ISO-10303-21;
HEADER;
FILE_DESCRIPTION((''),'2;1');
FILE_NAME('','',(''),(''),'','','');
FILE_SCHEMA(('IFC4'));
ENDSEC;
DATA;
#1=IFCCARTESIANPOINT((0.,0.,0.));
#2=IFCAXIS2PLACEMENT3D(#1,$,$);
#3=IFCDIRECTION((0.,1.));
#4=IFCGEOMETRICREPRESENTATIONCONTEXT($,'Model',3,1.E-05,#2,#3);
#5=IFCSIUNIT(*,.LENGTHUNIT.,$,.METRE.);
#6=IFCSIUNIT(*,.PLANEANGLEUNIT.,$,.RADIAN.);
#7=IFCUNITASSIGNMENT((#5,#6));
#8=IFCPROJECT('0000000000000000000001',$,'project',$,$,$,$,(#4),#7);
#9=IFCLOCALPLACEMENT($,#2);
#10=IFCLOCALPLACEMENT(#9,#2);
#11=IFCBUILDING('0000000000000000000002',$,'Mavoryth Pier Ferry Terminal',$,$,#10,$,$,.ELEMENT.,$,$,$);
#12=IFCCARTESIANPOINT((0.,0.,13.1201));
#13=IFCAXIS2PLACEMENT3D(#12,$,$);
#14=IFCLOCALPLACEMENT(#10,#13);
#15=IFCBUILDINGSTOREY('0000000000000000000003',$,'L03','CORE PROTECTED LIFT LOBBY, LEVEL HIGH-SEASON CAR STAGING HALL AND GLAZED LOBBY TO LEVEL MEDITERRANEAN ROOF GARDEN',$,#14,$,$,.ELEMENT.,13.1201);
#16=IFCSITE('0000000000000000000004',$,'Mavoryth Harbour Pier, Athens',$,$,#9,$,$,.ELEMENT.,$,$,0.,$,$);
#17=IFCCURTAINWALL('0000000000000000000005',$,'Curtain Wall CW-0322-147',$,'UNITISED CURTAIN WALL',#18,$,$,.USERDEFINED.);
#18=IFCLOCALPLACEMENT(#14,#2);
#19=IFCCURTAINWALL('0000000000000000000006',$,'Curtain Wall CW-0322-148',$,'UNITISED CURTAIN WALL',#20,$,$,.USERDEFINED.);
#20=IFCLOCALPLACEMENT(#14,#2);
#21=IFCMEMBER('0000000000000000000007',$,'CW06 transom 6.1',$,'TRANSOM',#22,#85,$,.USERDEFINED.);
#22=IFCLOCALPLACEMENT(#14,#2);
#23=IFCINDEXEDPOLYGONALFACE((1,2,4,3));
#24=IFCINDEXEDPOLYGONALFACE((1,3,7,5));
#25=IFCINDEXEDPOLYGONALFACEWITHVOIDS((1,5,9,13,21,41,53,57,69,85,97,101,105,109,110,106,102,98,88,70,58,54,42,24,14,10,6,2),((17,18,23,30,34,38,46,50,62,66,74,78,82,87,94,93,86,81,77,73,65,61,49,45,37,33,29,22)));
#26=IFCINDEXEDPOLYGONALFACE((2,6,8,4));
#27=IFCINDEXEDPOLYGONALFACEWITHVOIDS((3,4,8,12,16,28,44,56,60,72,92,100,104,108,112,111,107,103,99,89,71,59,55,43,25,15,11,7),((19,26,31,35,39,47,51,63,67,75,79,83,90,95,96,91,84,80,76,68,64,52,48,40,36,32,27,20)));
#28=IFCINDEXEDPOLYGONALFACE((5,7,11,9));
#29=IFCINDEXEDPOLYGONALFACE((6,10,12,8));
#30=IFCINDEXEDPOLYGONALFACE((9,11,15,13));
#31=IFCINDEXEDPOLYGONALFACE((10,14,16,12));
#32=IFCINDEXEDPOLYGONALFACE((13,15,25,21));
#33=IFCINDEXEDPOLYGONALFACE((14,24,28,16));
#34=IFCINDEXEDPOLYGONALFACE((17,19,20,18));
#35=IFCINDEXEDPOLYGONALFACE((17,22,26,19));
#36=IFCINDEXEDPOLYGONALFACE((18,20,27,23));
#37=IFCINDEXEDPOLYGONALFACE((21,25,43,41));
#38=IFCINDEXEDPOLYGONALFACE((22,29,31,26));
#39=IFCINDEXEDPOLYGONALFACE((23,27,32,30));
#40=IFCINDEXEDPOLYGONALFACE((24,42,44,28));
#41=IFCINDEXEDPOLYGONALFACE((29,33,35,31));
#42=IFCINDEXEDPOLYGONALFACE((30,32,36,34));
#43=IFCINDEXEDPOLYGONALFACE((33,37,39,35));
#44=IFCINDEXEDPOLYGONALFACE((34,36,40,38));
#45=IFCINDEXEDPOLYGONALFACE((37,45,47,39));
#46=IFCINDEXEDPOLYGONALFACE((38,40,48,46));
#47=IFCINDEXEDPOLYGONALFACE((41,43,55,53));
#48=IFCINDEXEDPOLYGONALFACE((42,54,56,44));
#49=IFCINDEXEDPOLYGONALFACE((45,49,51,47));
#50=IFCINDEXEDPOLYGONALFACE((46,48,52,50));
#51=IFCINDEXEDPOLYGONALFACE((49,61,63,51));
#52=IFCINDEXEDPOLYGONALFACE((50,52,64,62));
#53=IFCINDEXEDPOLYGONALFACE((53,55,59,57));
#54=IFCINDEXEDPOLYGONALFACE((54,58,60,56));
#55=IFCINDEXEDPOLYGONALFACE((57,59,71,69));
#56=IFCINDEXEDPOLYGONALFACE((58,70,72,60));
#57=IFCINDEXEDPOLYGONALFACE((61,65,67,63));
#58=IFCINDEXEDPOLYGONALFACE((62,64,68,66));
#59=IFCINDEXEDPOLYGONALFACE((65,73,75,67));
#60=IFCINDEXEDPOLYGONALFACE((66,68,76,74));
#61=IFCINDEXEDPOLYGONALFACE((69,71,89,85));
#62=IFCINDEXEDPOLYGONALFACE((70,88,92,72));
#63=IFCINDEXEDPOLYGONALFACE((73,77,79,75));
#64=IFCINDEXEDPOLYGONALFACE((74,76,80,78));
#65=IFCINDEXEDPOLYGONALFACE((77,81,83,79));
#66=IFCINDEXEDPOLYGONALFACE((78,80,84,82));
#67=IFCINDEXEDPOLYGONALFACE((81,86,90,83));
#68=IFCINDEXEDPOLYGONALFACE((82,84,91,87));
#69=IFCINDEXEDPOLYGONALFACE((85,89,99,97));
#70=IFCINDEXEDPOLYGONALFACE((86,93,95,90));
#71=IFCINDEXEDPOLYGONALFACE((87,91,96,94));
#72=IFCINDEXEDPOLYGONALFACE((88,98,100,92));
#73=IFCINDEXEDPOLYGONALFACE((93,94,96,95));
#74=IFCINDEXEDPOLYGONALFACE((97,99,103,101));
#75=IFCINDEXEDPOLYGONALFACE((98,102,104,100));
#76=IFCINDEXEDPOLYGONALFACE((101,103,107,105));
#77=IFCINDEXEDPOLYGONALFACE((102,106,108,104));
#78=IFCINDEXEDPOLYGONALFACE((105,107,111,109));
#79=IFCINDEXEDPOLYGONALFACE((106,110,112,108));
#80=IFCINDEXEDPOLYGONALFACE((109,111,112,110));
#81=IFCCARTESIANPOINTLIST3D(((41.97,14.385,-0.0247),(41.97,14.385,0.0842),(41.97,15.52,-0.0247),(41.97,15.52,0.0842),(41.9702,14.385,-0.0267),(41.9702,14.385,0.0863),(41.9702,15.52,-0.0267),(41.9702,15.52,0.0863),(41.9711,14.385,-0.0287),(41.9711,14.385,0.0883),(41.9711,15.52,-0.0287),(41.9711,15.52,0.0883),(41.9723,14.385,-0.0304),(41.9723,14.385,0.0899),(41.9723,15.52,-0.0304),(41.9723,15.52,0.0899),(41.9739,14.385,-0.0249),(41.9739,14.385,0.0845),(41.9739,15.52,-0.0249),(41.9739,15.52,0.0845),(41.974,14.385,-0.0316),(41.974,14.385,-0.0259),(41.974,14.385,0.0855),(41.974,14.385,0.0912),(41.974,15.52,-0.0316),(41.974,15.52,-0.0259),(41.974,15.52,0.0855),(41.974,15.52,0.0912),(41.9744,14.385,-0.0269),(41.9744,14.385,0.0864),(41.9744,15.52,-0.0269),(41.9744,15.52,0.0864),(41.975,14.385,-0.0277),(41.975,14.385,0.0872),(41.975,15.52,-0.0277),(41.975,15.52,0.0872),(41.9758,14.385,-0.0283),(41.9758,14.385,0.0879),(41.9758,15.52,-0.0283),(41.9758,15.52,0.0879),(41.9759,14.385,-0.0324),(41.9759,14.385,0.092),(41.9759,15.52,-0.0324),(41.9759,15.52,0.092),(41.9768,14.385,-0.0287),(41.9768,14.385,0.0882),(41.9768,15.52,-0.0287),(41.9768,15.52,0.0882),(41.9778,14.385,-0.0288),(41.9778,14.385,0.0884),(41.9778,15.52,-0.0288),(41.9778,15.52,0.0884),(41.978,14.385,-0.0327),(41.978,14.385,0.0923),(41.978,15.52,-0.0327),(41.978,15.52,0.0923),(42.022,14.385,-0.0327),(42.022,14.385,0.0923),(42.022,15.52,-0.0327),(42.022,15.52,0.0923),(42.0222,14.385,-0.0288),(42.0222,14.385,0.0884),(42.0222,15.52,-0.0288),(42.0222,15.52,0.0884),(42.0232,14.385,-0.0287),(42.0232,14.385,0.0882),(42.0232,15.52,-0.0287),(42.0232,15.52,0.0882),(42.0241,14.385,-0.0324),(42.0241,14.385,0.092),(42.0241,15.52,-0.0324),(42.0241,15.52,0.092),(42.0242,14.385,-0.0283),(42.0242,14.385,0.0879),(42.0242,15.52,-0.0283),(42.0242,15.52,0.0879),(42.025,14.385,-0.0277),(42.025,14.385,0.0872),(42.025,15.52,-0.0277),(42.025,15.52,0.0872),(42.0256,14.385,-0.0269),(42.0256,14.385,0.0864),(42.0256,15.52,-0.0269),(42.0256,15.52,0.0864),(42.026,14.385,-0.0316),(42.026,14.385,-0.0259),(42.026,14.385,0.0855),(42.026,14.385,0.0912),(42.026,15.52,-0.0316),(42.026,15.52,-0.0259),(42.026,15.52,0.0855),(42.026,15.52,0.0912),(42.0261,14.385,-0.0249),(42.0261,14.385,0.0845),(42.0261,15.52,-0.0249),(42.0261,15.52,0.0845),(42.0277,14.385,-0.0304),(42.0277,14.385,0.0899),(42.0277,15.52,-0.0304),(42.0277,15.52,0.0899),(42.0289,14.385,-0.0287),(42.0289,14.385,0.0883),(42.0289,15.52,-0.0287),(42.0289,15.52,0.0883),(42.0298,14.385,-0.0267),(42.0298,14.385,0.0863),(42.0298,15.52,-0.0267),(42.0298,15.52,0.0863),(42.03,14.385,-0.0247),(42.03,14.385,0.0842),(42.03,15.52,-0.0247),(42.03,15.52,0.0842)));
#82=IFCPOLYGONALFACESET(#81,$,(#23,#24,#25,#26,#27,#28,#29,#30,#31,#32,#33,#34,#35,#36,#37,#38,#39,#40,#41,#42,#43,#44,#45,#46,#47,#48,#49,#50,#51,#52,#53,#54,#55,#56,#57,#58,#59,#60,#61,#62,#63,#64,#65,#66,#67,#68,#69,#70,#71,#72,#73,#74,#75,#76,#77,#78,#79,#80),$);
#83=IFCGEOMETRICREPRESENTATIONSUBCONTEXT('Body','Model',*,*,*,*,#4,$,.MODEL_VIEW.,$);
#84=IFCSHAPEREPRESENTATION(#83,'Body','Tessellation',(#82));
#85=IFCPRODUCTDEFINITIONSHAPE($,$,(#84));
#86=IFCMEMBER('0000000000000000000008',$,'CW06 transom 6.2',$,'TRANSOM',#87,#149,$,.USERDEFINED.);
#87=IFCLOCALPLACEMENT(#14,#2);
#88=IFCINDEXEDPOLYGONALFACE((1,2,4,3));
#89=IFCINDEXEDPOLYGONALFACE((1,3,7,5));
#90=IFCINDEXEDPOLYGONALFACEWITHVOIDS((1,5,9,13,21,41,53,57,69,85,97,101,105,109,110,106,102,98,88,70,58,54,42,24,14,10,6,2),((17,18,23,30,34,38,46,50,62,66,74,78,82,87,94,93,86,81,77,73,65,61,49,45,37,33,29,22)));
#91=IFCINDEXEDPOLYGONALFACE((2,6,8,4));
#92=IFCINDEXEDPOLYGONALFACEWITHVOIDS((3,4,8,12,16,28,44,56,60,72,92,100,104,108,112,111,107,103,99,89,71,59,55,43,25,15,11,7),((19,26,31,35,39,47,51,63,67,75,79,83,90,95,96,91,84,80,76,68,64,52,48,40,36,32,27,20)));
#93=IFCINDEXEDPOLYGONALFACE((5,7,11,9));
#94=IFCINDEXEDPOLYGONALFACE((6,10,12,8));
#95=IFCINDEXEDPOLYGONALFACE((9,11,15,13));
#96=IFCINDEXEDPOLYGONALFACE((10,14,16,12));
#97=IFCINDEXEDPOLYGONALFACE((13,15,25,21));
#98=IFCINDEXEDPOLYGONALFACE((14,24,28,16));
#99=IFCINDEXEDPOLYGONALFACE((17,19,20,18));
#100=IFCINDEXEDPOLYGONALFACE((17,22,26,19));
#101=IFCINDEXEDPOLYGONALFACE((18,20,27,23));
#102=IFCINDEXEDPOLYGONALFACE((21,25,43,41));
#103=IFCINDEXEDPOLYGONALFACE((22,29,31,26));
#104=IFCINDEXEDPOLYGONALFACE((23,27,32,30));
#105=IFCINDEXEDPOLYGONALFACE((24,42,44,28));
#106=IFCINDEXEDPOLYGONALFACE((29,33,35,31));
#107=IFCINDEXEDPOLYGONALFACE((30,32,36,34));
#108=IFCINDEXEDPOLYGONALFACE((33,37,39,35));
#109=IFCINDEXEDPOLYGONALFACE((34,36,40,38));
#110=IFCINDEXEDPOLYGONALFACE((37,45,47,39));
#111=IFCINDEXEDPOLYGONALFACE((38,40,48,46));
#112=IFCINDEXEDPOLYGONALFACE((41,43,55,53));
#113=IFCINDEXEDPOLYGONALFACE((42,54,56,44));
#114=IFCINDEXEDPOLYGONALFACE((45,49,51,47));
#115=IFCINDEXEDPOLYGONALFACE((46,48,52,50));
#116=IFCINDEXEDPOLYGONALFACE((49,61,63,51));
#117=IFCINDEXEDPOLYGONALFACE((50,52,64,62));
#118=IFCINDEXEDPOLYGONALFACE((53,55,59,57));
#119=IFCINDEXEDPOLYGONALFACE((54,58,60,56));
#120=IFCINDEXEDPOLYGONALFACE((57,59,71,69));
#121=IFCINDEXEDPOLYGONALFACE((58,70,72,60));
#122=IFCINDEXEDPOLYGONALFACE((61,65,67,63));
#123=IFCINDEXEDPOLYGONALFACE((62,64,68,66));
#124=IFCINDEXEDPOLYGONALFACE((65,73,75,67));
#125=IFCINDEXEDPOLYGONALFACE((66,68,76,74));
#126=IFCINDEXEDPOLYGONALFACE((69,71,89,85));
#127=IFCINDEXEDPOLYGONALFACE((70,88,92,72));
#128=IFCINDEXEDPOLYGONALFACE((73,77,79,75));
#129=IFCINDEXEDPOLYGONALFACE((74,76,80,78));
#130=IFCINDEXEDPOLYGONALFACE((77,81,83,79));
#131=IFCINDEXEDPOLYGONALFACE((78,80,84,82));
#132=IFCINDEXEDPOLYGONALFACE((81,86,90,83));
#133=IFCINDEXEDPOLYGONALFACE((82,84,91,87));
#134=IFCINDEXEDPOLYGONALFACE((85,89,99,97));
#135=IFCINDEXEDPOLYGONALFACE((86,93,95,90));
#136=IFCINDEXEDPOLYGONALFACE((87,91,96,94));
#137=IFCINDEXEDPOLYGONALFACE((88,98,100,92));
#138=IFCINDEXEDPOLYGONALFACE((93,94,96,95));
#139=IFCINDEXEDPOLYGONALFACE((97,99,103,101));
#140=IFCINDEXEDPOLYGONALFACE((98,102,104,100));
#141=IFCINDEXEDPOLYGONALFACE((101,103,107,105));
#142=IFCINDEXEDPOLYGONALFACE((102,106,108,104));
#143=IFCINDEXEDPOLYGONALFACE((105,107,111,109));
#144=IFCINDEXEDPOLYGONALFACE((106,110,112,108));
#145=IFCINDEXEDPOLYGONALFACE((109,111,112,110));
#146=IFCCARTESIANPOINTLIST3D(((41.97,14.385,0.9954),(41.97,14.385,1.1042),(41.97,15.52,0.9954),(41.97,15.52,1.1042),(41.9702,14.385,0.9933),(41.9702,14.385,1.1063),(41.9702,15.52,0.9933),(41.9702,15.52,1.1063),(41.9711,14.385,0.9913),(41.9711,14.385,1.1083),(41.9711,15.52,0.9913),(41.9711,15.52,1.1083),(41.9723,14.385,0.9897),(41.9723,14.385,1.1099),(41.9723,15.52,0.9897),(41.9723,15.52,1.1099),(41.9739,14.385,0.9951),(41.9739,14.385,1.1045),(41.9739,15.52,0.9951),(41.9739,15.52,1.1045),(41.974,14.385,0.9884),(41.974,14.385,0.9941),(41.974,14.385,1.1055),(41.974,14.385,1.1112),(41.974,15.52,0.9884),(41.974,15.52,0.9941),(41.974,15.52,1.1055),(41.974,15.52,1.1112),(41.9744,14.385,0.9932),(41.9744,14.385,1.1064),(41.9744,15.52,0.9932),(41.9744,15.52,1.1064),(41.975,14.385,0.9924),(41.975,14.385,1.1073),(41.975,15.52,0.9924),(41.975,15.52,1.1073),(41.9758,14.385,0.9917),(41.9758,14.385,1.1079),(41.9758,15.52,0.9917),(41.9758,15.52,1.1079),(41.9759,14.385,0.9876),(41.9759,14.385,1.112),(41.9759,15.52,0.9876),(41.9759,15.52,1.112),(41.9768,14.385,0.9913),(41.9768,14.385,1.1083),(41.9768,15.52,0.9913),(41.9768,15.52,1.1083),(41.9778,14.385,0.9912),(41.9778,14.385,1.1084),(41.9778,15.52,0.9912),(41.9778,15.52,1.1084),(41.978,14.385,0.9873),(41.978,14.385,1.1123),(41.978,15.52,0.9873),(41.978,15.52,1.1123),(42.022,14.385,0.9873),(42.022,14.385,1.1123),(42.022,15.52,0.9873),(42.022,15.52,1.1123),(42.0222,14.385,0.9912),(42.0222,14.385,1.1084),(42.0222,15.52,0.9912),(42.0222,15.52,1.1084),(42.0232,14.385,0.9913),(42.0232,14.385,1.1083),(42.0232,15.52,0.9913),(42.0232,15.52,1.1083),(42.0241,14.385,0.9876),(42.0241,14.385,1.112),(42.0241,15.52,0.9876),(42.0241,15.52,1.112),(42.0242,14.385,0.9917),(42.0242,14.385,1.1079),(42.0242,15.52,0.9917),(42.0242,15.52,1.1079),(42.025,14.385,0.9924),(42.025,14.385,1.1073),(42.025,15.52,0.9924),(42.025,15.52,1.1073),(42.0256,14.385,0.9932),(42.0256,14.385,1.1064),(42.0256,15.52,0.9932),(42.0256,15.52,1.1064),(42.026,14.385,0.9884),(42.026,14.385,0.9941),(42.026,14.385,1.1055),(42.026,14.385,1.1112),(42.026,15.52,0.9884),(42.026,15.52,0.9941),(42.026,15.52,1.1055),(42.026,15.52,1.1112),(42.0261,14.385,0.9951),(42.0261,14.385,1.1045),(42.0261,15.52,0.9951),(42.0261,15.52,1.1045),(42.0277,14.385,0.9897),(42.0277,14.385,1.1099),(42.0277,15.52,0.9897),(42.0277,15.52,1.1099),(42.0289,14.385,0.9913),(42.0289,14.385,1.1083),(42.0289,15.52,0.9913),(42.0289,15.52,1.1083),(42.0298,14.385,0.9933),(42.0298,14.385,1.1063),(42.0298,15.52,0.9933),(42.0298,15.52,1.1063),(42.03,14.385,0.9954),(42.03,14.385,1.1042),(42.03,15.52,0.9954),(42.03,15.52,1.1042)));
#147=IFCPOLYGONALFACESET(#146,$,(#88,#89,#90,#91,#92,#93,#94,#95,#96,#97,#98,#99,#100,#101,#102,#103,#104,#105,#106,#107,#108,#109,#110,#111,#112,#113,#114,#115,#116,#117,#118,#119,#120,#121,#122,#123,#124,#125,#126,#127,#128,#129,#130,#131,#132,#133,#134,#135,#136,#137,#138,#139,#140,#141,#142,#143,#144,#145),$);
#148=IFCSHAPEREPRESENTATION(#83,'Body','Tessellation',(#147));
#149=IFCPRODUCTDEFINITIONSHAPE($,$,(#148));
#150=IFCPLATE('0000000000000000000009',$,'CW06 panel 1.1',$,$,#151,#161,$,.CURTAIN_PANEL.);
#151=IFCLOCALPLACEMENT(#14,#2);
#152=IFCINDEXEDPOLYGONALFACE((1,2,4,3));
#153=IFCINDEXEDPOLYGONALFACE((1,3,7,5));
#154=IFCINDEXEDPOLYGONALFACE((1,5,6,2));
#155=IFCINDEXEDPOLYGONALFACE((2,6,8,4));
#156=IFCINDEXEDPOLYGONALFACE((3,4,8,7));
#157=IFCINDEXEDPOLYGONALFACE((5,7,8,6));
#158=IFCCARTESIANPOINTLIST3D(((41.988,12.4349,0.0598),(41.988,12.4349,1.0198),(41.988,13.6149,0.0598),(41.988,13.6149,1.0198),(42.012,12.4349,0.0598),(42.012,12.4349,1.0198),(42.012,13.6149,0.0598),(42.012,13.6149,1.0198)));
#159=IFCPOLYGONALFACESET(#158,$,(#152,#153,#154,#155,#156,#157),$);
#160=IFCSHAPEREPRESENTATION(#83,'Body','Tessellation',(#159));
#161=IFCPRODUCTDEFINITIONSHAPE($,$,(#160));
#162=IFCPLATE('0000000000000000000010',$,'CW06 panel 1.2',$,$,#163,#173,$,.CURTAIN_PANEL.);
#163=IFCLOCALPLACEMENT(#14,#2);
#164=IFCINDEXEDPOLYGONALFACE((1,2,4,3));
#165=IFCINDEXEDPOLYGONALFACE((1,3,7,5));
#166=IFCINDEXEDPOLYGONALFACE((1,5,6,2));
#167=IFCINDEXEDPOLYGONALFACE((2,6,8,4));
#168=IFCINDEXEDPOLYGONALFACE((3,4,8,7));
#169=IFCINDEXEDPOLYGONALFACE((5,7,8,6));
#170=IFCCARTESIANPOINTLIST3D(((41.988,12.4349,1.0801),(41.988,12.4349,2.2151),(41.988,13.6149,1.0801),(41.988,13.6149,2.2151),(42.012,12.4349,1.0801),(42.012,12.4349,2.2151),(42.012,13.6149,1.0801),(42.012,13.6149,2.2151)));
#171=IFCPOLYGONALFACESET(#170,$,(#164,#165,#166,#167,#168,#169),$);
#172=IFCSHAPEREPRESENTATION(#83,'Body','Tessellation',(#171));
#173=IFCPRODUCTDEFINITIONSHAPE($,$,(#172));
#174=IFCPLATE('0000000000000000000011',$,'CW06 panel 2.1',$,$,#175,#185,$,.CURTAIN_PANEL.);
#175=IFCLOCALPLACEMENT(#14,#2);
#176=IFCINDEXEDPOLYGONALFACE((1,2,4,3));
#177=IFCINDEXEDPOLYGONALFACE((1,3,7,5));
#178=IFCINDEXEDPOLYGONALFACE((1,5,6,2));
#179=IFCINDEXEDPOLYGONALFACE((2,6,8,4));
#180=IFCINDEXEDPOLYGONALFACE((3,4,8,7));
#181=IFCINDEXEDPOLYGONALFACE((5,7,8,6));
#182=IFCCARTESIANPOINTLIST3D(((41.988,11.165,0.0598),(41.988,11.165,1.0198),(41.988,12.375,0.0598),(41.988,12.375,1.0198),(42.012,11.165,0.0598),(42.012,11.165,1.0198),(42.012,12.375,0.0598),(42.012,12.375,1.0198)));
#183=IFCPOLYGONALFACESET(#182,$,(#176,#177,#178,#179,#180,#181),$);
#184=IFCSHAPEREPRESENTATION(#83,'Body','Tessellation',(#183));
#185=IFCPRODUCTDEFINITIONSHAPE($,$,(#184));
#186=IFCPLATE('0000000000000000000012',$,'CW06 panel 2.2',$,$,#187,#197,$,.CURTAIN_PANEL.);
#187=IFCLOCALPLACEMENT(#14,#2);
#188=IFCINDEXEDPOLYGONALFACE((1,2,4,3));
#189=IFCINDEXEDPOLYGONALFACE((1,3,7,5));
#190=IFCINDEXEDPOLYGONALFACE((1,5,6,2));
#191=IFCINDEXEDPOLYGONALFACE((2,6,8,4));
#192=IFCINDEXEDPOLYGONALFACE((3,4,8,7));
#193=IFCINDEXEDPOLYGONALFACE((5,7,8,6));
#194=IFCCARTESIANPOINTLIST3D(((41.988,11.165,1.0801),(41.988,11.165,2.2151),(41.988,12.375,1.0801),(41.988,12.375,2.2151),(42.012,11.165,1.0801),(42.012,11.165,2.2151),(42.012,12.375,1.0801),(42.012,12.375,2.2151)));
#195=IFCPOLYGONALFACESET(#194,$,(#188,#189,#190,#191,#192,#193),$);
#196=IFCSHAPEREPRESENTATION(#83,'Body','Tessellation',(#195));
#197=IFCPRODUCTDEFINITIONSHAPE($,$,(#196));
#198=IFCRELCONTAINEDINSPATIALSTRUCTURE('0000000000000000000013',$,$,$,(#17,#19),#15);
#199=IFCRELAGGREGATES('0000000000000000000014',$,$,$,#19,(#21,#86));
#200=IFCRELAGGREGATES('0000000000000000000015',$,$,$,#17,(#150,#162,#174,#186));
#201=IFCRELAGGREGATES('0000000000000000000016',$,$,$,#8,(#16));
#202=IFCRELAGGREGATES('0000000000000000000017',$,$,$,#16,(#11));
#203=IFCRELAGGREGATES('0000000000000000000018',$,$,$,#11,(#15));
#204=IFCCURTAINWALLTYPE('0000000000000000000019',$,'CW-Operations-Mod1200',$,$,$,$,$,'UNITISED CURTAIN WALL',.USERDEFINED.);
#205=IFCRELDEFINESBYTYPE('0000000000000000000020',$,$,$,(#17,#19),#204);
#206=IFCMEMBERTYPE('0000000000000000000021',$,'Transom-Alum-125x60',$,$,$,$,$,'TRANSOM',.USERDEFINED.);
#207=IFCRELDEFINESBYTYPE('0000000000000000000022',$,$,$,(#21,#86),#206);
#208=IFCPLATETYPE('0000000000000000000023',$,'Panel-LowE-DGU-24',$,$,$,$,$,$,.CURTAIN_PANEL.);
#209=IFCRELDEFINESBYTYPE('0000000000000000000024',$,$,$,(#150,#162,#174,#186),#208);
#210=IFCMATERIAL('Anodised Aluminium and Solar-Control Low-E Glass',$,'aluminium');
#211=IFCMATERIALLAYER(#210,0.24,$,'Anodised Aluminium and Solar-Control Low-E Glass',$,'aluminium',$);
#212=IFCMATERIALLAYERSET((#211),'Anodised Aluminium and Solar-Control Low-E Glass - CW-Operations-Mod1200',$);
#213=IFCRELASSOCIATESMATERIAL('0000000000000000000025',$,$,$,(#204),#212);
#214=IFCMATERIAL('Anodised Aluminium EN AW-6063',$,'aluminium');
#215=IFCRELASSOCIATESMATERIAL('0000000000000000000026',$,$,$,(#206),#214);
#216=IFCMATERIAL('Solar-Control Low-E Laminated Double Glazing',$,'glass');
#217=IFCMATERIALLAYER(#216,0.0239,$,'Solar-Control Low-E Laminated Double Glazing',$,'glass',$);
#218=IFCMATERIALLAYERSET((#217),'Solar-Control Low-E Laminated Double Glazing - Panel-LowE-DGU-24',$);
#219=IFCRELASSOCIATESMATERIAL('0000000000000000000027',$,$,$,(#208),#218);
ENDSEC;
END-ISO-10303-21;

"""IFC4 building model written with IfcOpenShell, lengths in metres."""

from ifc_helpers import new_model, si_unit, direction, frame, origin, origin_2d, place, context, subcontext, project, spatial, rectangle, hollow_rectangle, extrude, material, layer, layer_set, material_profile, profile_set, type_object, element, aggregate, save


model = new_model("IFC4")

# Units and contexts
model_context = context("Model", 3, precision=1e-05, world=origin(), true_north=direction((0.0, 1.0)))
body_context = subcontext(model_context, "Body", "Model", "MODEL_VIEW")
ifc_project = project(units=[si_unit("LENGTHUNIT", "METRE"), si_unit("PLANEANGLEUNIT", "RADIAN")], contexts=[model_context])

# Site, building, storey
site_placement = place(None, origin())
site = spatial("IfcSite", under=ifc_project, at=site_placement, Name="Mavoryth Harbour Pier, Athens", CompositionType="ELEMENT", RefElevation=0.0)
building_placement = place(site_placement, origin())
building = spatial("IfcBuilding", under=site, at=building_placement, Name="Mavoryth Pier Ferry Terminal", CompositionType="ELEMENT")
storey_placement = place(building_placement, frame((0.0, 0.0, 13.1201)))
storey = spatial("IfcBuildingStorey", under=building, at=storey_placement, Name="L03", Description="CORE PROTECTED LIFT LOBBY, LEVEL HIGH-SEASON CAR STAGING HALL AND GLAZED LOBBY TO LEVEL MEDITERRANEAN ROOF GARDEN", CompositionType="ELEMENT", Elevation=13.1201)

# Curtain wall
ifc_material_1 = material(Name="Anodised Aluminium and Solar-Control Low-E Glass", Category="aluminium")
ifc_layer_1 = layer(ifc_material_1, 0.24, Name="Anodised Aluminium and Solar-Control Low-E Glass", Category="aluminium")
ifc_layer_set_1 = layer_set([ifc_layer_1], Name="Anodised Aluminium and Solar-Control Low-E Glass - CW-Operations-Mod1200")
curtain_wall_type = type_object("IfcCurtainWallType", Name="CW-Operations-Mod1200", ElementType="UNITISED CURTAIN WALL", PredefinedType="USERDEFINED", material=ifc_layer_set_1)
curtain_wall_1_placement = place(storey_placement, origin())
curtain_wall_1 = element("IfcCurtainWall", 1, at=curtain_wall_1_placement, inside=storey, type_object=curtain_wall_type, Name="Curtain Wall CW-0322-147", ObjectType="UNITISED CURTAIN WALL", PredefinedType="USERDEFINED")
ifc_material_2 = material(Name="Anodised Aluminium EN AW-6063", Category="aluminium")

# Curtain wall
curtain_wall_2_placement = place(storey_placement, origin())
curtain_wall_2 = element("IfcCurtainWall", 2, at=curtain_wall_2_placement, inside=storey, type_object=curtain_wall_type, Name="Curtain Wall CW-0322-148", ObjectType="UNITISED CURTAIN WALL", PredefinedType="USERDEFINED")

# Members
ifc_material_profile_1 = material_profile(ifc_material_2, hollow_rectangle(XDim=0.0601, YDim=0.125, WallThickness=0.0039, InnerFilletRadius=0.0039, OuterFilletRadius=0.0081, at=origin_2d()), Name="AL-TRAN 125x60x4", Category="aluminium")
ifc_profile_set_1 = profile_set([ifc_material_profile_1], Name="Anodised Aluminium EN AW-6063 - AL-TRAN 125x60x4")
member_type_1 = type_object("IfcMemberType", Name="Transom-Alum-125x60", ElementType="TRANSOM", PredefinedType="USERDEFINED", material=ifc_profile_set_1)
member_1_placement = place(storey_placement, frame((42.0, 15.52, 0.0298), z_axis=(0.0, -1.0, 0.0), x_axis=(1.0, 0.0, 0.0)))
member_1 = element("IfcMember", 3, at=member_1_placement, type_object=member_type_1, Name="CW06 transom 6.1", ObjectType="TRANSOM", PredefinedType="USERDEFINED", context=body_context, shape_type="SweptSolid", body=[
    extrude(hollow_rectangle(XDim=0.0601, YDim=0.125, WallThickness=0.0039, InnerFilletRadius=0.0039, OuterFilletRadius=0.0081, at=origin_2d()), origin(), (0.0, 0.0, 1.0), 1.135),
])
member_2_placement = place(storey_placement, frame((42.0, 15.52, 1.0498), z_axis=(0.0, -1.0, 0.0), x_axis=(1.0, 0.0, 0.0)))
member_2 = element("IfcMember", 4, at=member_2_placement, type_object=member_type_1, Name="CW06 transom 6.2", ObjectType="TRANSOM", PredefinedType="USERDEFINED", context=body_context, shape_type="SweptSolid", body=[
    extrude(hollow_rectangle(XDim=0.0601, YDim=0.125, WallThickness=0.0039, InnerFilletRadius=0.0039, OuterFilletRadius=0.0081, at=origin_2d()), origin(), (0.0, 0.0, 1.0), 1.135),
])
aggregate(curtain_wall_2, [member_1, member_2])

# Plates
ifc_material_3 = material(Name="Solar-Control Low-E Laminated Double Glazing", Category="glass")
ifc_layer_2 = layer(ifc_material_3, 0.0239, Name="Solar-Control Low-E Laminated Double Glazing", Category="glass")
ifc_layer_set_2 = layer_set([ifc_layer_2], Name="Solar-Control Low-E Laminated Double Glazing - Panel-LowE-DGU-24")
plate_type = type_object("IfcPlateType", Name="Panel-LowE-DGU-24", PredefinedType="CURTAIN_PANEL", material=ifc_layer_set_2)
plate_1_placement = place(storey_placement, frame((42.0, 13.0249, 0.0598), z_axis=(0.0, 0.0, 1.0), x_axis=(0.0, -1.0, 0.0)))
plate_1 = element("IfcPlate", 5, at=plate_1_placement, type_object=plate_type, Name="CW06 panel 1.1", PredefinedType="CURTAIN_PANEL", context=body_context, shape_type="SweptSolid", body=[
    extrude(rectangle(XDim=1.1799, YDim=0.0239, at=origin_2d()), origin(), (0.0, 0.0, 1.0), 0.96),
])
plate_2_placement = place(storey_placement, frame((42.0, 13.0249, 1.0801), z_axis=(0.0, 0.0, 1.0), x_axis=(0.0, -1.0, 0.0)))
plate_2 = element("IfcPlate", 6, at=plate_2_placement, type_object=plate_type, Name="CW06 panel 1.2", PredefinedType="CURTAIN_PANEL", context=body_context, shape_type="SweptSolid", body=[
    extrude(rectangle(XDim=1.1799, YDim=0.0239, at=origin_2d()), origin(), (0.0, 0.0, 1.0), 1.135),
])
plate_3_placement = place(storey_placement, frame((42.0, 11.77, 0.0598), z_axis=(0.0, 0.0, 1.0), x_axis=(0.0, -1.0, 0.0)))
plate_3 = element("IfcPlate", 7, at=plate_3_placement, type_object=plate_type, Name="CW06 panel 2.1", PredefinedType="CURTAIN_PANEL", context=body_context, shape_type="SweptSolid", body=[
    extrude(rectangle(XDim=1.21, YDim=0.0239, at=origin_2d()), origin(), (0.0, 0.0, 1.0), 0.96),
])
plate_4_placement = place(storey_placement, frame((42.0, 11.77, 1.0801), z_axis=(0.0, 0.0, 1.0), x_axis=(0.0, -1.0, 0.0)))
plate_4 = element("IfcPlate", 8, at=plate_4_placement, type_object=plate_type, Name="CW06 panel 2.2", PredefinedType="CURTAIN_PANEL", context=body_context, shape_type="SweptSolid", body=[
    extrude(rectangle(XDim=1.21, YDim=0.0239, at=origin_2d()), origin(), (0.0, 0.0, 1.0), 1.135),
])
aggregate(curtain_wall_1, [plate_1, plate_2, plate_3, plate_4])

save(model, "model.ifc")
